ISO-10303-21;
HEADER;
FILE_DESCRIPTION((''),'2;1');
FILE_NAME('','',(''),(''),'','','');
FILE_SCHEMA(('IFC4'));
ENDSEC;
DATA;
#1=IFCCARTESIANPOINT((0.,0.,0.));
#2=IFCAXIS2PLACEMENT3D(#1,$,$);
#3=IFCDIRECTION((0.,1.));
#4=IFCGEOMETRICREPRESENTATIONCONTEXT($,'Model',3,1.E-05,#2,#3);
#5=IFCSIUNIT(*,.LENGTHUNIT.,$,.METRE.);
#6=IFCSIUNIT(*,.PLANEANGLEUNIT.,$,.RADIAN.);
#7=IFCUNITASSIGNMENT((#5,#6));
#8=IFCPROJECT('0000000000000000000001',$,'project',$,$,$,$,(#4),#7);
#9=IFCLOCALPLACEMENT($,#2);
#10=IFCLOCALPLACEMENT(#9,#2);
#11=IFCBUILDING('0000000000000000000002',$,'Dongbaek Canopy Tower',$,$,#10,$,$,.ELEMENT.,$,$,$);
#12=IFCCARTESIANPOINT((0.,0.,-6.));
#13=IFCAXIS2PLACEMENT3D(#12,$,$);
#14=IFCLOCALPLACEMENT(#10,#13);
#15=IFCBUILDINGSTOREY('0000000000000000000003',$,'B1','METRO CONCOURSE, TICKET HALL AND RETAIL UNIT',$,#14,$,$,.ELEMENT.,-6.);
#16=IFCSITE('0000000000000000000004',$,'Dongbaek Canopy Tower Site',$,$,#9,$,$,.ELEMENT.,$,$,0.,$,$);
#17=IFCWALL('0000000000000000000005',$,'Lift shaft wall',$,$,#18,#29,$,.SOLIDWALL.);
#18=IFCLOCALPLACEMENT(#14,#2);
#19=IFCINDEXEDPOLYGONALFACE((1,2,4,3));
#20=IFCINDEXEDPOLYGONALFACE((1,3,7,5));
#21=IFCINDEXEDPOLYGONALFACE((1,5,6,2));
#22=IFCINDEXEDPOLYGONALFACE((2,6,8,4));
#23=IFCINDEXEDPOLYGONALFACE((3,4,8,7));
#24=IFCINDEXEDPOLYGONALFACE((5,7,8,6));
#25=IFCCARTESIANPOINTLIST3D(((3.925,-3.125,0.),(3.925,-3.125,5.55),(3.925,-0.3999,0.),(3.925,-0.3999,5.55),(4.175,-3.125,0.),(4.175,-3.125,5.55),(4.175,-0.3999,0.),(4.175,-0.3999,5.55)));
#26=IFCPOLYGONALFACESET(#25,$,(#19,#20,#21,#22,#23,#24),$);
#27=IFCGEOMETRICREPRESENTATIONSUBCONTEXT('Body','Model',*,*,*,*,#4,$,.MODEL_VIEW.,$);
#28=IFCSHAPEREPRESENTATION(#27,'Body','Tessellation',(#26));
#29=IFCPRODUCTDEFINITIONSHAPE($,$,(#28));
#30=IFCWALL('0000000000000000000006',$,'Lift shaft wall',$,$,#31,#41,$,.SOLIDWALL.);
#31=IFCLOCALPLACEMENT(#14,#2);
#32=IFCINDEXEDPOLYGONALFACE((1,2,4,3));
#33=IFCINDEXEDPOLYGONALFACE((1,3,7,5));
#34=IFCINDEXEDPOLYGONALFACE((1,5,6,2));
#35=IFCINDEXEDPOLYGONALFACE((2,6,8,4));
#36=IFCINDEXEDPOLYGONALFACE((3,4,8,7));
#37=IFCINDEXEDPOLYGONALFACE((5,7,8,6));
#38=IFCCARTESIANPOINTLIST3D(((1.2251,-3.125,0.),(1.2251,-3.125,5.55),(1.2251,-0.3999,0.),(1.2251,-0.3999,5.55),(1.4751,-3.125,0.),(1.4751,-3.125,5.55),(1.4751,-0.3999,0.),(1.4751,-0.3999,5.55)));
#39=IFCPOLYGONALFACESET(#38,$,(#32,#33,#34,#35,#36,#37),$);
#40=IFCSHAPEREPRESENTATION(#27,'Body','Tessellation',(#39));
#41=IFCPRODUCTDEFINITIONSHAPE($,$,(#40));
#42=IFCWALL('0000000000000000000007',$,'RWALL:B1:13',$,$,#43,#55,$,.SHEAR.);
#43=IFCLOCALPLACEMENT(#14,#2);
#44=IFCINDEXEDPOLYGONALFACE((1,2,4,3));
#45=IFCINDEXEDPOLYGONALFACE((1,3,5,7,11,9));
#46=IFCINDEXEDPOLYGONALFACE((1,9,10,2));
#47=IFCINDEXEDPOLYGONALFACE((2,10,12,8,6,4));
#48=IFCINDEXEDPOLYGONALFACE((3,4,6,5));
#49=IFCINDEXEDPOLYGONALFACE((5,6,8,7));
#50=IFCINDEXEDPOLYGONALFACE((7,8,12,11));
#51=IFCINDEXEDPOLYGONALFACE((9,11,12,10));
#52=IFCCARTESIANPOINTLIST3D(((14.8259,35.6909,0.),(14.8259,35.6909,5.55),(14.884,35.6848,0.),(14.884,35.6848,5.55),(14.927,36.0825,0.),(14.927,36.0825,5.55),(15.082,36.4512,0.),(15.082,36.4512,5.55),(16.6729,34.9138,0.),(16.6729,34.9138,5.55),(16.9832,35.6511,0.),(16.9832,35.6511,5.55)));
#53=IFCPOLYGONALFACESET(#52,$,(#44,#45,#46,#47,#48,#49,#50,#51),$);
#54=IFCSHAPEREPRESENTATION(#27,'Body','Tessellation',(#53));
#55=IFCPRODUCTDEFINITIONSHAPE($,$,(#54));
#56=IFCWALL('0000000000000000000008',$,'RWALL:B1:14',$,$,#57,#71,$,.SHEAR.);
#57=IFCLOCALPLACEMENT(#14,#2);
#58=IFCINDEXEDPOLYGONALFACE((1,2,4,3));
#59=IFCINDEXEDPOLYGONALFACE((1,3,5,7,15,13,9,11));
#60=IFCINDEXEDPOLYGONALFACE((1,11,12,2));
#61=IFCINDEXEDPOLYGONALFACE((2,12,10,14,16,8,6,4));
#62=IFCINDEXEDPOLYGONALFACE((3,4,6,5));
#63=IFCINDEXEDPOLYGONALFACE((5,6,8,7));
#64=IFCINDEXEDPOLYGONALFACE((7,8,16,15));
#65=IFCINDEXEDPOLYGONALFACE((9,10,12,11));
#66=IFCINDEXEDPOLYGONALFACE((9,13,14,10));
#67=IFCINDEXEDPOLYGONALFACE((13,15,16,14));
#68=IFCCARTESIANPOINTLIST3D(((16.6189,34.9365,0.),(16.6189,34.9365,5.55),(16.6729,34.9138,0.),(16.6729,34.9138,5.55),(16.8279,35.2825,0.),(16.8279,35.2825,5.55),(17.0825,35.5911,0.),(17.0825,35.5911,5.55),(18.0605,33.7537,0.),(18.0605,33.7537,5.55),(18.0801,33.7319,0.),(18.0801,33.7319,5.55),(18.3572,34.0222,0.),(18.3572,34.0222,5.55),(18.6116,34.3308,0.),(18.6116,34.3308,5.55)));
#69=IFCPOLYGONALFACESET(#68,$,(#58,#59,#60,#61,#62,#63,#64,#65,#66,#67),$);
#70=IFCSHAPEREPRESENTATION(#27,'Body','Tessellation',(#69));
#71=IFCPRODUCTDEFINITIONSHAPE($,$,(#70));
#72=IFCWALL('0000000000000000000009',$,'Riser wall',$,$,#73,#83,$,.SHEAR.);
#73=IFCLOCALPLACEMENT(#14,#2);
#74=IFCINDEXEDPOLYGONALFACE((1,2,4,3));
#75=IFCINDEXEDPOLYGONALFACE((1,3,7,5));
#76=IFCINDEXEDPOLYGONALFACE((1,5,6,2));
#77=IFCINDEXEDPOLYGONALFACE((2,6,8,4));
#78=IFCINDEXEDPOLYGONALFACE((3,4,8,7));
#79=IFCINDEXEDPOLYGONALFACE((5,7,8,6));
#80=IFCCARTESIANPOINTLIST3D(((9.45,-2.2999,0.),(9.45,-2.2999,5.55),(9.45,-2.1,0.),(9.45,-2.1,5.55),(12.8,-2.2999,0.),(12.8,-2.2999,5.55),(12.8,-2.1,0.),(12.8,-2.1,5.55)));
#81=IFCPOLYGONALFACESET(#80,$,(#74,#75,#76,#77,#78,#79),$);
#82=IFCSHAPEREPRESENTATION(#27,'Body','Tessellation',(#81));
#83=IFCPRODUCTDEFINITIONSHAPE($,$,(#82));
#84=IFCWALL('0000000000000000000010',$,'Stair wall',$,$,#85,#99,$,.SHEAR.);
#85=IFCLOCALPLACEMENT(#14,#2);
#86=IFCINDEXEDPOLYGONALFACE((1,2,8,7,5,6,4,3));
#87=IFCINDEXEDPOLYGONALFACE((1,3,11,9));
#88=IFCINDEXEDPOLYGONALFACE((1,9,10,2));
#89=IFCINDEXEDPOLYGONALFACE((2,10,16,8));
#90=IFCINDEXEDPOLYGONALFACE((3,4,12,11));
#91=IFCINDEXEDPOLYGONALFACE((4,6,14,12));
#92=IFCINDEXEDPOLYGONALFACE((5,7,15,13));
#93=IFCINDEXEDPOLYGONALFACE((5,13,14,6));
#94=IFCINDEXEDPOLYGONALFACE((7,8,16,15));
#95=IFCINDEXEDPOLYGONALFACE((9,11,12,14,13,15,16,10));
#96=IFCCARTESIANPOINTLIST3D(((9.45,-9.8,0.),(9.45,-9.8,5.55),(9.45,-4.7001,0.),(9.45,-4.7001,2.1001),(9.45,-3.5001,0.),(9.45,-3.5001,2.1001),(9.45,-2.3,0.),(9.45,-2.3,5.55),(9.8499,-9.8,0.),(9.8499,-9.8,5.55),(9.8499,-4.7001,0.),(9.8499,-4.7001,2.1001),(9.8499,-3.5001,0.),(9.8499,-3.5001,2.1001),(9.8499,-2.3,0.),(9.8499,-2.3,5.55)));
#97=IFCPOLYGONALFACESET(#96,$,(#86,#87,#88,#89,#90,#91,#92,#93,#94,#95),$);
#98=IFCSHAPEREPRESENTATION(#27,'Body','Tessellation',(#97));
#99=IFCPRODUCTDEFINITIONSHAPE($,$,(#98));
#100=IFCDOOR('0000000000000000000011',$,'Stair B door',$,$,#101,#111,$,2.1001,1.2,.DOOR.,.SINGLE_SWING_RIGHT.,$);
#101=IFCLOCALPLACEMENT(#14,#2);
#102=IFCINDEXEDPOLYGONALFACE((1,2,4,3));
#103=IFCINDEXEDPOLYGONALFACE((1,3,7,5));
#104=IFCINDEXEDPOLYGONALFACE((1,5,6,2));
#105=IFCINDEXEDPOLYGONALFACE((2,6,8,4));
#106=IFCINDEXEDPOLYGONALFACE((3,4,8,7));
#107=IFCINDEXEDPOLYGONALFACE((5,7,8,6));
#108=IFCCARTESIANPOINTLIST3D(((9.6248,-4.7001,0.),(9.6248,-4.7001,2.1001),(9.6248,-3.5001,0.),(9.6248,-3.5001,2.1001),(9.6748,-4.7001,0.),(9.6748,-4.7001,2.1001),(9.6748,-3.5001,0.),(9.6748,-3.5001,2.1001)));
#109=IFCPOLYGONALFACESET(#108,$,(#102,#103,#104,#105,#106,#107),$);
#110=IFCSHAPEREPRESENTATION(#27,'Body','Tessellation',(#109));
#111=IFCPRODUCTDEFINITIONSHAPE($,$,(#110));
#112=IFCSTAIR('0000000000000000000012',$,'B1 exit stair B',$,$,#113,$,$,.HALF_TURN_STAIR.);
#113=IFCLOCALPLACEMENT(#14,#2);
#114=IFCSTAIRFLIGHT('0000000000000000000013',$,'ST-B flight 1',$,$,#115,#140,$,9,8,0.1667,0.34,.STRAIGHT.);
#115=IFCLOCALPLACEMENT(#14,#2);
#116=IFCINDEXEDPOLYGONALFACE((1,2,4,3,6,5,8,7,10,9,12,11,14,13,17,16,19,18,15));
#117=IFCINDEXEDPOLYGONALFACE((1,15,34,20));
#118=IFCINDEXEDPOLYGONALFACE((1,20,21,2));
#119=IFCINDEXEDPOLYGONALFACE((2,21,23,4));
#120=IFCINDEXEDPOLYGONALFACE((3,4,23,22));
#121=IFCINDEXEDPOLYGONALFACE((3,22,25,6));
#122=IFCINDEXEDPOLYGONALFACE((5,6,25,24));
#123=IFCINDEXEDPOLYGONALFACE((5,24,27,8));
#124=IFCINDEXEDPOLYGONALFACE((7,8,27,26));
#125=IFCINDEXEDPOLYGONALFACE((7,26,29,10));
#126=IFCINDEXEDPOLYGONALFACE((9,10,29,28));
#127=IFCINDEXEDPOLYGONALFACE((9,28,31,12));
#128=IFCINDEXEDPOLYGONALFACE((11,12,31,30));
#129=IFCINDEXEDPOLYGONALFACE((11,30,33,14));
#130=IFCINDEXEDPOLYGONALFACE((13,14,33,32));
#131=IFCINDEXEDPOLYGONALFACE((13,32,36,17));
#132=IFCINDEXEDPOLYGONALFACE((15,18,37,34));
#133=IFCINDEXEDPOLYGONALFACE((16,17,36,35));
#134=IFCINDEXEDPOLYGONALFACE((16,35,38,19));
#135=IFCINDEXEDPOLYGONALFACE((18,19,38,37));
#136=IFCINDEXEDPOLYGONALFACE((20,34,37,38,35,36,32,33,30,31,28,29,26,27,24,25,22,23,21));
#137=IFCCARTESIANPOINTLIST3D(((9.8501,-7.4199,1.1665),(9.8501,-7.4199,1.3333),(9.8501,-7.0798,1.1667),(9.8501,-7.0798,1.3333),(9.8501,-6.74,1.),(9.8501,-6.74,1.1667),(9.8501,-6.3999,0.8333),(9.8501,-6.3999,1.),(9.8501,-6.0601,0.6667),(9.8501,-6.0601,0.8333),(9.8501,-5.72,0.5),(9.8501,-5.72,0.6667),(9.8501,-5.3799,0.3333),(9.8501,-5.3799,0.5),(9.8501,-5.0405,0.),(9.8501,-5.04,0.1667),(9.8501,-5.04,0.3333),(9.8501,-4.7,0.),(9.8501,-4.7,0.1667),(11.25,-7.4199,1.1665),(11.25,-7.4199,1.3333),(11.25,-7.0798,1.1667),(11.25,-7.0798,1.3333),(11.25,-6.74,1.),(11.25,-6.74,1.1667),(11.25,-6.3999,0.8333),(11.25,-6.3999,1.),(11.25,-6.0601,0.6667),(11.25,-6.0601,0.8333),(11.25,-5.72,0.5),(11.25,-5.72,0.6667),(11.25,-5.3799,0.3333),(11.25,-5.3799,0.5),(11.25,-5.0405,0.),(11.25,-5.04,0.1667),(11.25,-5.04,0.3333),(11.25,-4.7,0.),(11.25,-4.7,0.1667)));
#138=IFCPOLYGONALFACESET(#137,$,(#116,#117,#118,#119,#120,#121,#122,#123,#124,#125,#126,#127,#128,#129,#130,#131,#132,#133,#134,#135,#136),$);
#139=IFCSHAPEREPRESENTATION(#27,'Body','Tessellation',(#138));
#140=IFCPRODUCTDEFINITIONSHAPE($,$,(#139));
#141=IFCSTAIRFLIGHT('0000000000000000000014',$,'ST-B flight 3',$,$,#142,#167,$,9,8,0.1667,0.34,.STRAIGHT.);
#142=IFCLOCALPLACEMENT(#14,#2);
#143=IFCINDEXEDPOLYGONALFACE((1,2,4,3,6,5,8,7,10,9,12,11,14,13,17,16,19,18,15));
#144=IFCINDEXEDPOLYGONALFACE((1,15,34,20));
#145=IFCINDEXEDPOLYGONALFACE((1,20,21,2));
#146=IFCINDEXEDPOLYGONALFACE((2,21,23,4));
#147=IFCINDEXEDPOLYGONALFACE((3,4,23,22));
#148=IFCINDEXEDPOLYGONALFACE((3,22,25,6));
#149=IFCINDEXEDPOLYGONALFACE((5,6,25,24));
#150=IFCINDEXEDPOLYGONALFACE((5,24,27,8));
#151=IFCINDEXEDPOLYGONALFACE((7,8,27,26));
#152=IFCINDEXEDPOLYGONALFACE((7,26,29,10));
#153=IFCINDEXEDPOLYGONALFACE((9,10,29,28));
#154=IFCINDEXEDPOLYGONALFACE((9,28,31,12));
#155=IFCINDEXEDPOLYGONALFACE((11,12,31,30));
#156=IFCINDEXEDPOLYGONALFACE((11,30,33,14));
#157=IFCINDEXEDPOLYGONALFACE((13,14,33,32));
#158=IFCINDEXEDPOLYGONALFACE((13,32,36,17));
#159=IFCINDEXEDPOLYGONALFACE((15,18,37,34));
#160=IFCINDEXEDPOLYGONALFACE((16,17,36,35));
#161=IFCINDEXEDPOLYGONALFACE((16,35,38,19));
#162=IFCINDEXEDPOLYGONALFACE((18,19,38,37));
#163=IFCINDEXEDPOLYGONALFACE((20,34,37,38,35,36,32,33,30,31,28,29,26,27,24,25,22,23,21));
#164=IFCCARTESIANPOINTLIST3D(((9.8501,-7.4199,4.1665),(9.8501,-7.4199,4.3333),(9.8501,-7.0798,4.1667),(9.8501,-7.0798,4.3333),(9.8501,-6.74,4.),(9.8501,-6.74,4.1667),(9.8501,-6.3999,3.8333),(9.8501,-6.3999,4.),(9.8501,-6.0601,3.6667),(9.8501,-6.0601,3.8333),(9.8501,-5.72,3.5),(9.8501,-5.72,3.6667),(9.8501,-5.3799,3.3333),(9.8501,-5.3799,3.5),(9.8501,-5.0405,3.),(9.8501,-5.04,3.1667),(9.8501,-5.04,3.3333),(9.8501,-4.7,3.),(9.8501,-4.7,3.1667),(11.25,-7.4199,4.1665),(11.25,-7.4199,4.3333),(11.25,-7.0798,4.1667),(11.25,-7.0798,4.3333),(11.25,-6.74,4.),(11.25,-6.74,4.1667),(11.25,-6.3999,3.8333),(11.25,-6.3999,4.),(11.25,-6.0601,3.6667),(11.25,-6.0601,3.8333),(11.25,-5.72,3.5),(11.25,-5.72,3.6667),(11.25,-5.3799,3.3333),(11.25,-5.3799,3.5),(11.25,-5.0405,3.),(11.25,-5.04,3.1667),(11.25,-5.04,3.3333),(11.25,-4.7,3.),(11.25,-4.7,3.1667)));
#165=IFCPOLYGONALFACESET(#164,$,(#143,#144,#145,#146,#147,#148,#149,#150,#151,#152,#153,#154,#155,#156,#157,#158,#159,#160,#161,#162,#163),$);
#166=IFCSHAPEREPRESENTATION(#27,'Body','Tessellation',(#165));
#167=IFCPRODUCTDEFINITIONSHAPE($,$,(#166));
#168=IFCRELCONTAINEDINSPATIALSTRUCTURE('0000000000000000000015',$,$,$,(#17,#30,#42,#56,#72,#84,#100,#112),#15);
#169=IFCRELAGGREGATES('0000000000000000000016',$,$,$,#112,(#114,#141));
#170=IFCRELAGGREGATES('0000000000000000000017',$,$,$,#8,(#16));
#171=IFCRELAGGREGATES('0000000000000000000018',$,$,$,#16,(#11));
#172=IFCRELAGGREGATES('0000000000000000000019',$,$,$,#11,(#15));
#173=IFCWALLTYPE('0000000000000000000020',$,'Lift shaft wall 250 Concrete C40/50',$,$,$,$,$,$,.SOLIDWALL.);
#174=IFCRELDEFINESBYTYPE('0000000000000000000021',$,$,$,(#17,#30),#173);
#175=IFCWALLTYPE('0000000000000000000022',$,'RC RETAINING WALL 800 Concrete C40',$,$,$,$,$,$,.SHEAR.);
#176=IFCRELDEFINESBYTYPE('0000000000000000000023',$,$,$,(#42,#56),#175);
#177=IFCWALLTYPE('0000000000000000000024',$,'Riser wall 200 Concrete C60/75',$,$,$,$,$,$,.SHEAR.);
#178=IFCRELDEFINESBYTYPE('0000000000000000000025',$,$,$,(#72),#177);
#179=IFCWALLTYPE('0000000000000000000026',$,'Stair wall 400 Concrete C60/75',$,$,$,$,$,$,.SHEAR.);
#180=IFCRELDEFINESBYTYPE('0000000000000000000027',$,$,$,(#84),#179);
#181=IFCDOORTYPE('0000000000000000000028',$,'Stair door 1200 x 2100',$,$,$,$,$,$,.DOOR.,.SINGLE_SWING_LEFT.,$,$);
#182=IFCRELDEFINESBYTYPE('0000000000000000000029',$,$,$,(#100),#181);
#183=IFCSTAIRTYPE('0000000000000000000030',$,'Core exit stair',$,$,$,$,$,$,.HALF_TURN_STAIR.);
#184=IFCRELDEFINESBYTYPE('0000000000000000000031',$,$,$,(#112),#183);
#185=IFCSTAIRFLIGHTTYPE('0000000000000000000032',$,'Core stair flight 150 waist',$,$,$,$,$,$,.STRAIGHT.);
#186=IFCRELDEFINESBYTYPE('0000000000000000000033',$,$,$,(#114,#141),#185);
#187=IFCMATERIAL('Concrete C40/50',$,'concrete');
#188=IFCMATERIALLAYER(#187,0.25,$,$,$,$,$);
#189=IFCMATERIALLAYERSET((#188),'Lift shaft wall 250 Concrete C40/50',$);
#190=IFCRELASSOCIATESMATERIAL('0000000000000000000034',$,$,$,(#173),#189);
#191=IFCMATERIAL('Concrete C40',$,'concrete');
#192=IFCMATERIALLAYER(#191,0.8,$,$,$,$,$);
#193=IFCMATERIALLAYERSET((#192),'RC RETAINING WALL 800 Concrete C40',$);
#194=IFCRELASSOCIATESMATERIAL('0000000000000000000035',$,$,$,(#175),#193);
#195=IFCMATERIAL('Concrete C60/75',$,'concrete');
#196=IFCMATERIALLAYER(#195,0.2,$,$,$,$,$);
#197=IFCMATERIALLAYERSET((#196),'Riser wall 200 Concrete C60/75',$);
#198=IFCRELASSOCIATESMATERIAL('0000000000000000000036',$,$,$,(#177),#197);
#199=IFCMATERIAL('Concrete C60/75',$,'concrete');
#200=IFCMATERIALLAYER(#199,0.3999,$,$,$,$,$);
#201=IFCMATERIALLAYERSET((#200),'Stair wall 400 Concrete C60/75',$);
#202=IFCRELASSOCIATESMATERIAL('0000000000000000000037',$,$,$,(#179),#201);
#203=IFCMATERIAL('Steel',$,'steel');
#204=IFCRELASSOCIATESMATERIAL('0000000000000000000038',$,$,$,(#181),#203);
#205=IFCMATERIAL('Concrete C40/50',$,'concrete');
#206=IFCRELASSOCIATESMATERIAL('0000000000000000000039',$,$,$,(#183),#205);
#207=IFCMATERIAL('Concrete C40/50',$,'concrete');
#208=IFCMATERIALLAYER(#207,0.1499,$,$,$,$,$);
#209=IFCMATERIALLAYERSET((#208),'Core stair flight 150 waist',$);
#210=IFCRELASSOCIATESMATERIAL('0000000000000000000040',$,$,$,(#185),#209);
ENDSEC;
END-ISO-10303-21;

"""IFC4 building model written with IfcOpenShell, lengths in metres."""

from ifc_helpers import new_model, si_unit, direction, frame, frame_2d, origin, place, context, subcontext, project, spatial, polyline, rectangle, outline, extrude, material, layer, layer_set, type_object, element, fill, aggregate, save


model = new_model("IFC4")

# Units and contexts
model_context = context("Model", 3, precision=1e-05, world=origin(), true_north=direction((0.0, 1.0)))
body_context = subcontext(model_context, "Body", "Model", "MODEL_VIEW")
ifc_project = project(units=[si_unit("LENGTHUNIT", "METRE"), si_unit("PLANEANGLEUNIT", "RADIAN")], contexts=[model_context])

# Site, building, storey
site_placement = place(None, origin())
site = spatial("IfcSite", under=ifc_project, at=site_placement, Name="Dongbaek Canopy Tower Site", CompositionType="ELEMENT", RefElevation=0.0)
building_placement = place(site_placement, origin())
building = spatial("IfcBuilding", under=site, at=building_placement, Name="Dongbaek Canopy Tower", CompositionType="ELEMENT")
storey_placement = place(building_placement, frame((0.0, 0.0, -6.0)))
storey = spatial("IfcBuildingStorey", under=building, at=storey_placement, Name="B1", Description="METRO CONCOURSE, TICKET HALL AND RETAIL UNIT", CompositionType="ELEMENT", Elevation=-6.0)

# Walls
ifc_material_1 = material(Name="Concrete C40/50", Category="concrete")
ifc_layer_1 = layer(ifc_material_1, 0.25)
ifc_layer_set_1 = layer_set([ifc_layer_1], Name="Lift shaft wall 250 Concrete C40/50")
wall_type_1 = type_object("IfcWallType", Name="Lift shaft wall 250 Concrete C40/50", PredefinedType="SOLIDWALL", material=ifc_layer_set_1)
for number, where, z_axis, x_axis, name in (
    (1, (4.05, -3.125, 0.0), (0.0, 0.0, 1.0), (0.0, 1.0, 0.0), "Lift shaft wall"),
    (2, (1.3501, -3.125, 0.0), (0.0, 0.0, 1.0), (0.0, 1.0, 0.0), "Lift shaft wall"),
):
    element("IfcWall", number, at=place(storey_placement, frame(where, z_axis=z_axis, x_axis=x_axis)), inside=storey, type_object=wall_type_1, Name=name, PredefinedType="SOLIDWALL", context=body_context, shape_type="SweptSolid", body=[
        extrude(rectangle(XDim=2.7251, YDim=0.25, at=frame_2d((1.3625, 0.0))), origin(), (0.0, 0.0, 1.0), 5.55),
    ])
ifc_material_2 = material(Name="Concrete C40", Category="concrete")
ifc_layer_2 = layer(ifc_material_2, 0.8)
ifc_layer_set_2 = layer_set([ifc_layer_2], Name="RC RETAINING WALL 800 Concrete C40")
wall_type_2 = type_object("IfcWallType", Name="RC RETAINING WALL 800 Concrete C40", PredefinedType="SHEAR", material=ifc_layer_set_2)
wall_1_placement = place(storey_placement, origin())
element("IfcWall", 3, at=wall_1_placement, inside=storey, type_object=wall_type_2, Name="RWALL:B1:13", PredefinedType="SHEAR", context=body_context, shape_type="SweptSolid", body=[
    extrude(outline(polyline([(16.9832, 35.6511), (15.082, 36.4512), (14.927, 36.0825), (14.884, 35.6848), (14.8259, 35.6909), (16.6729, 34.9138), (16.9832, 35.6511)])), origin(), (0.0, 0.0, 1.0), 5.55),
])
wall_2_placement = place(storey_placement, origin())
element("IfcWall", 4, at=wall_2_placement, inside=storey, type_object=wall_type_2, Name="RWALL:B1:14", PredefinedType="SHEAR", context=body_context, shape_type="SweptSolid", body=[
    extrude(outline(polyline([(18.6116, 34.3308), (17.0825, 35.5911), (16.8279, 35.2825), (16.6729, 34.9138), (16.6189, 34.9365), (18.0801, 33.7319), (18.0605, 33.7537), (18.3572, 34.0222), (18.6116, 34.3308)])), origin(), (0.0, 0.0, 1.0), 5.55),
])
ifc_material_3 = material(Name="Concrete C60/75", Category="concrete")
ifc_layer_3 = layer(ifc_material_3, 0.2)
ifc_layer_set_3 = layer_set([ifc_layer_3], Name="Riser wall 200 Concrete C60/75")
wall_type_3 = type_object("IfcWallType", Name="Riser wall 200 Concrete C60/75", PredefinedType="SHEAR", material=ifc_layer_set_3)
wall_3_placement = place(storey_placement, frame((9.45, -2.2, 0.0), z_axis=(0.0, 0.0, 1.0), x_axis=(1.0, 0.0, 0.0)))
element("IfcWall", 5, at=wall_3_placement, inside=storey, type_object=wall_type_3, Name="Riser wall", PredefinedType="SHEAR", context=body_context, shape_type="SweptSolid", body=[
    extrude(rectangle(XDim=3.3501, YDim=0.2, at=frame_2d((1.675, 0.0))), origin(), (0.0, 0.0, 1.0), 5.55),
])

# Wall, opening, door
ifc_material_4 = material(Name="Concrete C60/75", Category="concrete")
ifc_layer_4 = layer(ifc_material_4, 0.3999)
ifc_layer_set_4 = layer_set([ifc_layer_4], Name="Stair wall 400 Concrete C60/75")
wall_type_4 = type_object("IfcWallType", Name="Stair wall 400 Concrete C60/75", PredefinedType="SHEAR", material=ifc_layer_set_4)
wall_4_placement = place(storey_placement, frame((9.6499, -2.3, 0.0), z_axis=(0.0, 0.0, 1.0), x_axis=(0.0, -1.0, 0.0)))
wall_4 = element("IfcWall", 6, at=wall_4_placement, inside=storey, type_object=wall_type_4, Name="Stair wall", PredefinedType="SHEAR", context=body_context, shape_type="SweptSolid", body=[
    extrude(rectangle(XDim=7.5, YDim=0.3999, at=frame_2d((3.75, 0.0))), origin(), (0.0, 0.0, 1.0), 5.55),
])
opening_placement = place(wall_4_placement, frame((1.2, 0.0, 0.0)))
opening = element("IfcOpeningElement", 7, at=opening_placement, cuts=wall_4, PredefinedType="OPENING", context=body_context, shape_type="SweptSolid", body=[
    extrude(rectangle(XDim=1.2, YDim=2.1001, at=frame_2d((0.6001, 1.05))), frame((0.0, 0.21, 0.0), z_axis=(0.0, -1.0, 0.0), x_axis=(1.0, 0.0, 0.0)), (0.0, 0.0, 1.0), 0.4199),
])
ifc_material_5 = material(Name="Steel", Category="steel")
door_type = type_object("IfcDoorType", Name="Stair door 1200 x 2100", OperationType="SINGLE_SWING_LEFT", PredefinedType="DOOR", material=ifc_material_5)
door_placement = place(opening_placement, origin())
door = element("IfcDoor", 8, at=door_placement, inside=storey, type_object=door_type, Name="Stair B door", OperationType="SINGLE_SWING_RIGHT", OverallHeight=2.1001, OverallWidth=1.2, PredefinedType="DOOR", context=body_context, shape_type="SweptSolid", body=[
    extrude(rectangle(XDim=1.2, YDim=2.1001, at=frame_2d((0.6001, 1.05))), frame((0.0, 0.0249, 0.0), z_axis=(0.0, -1.0, 0.0), x_axis=(1.0, 0.0, 0.0)), (0.0, 0.0, 1.0), 0.05),
])
fill(opening, door)

# Stair, stair flights
ifc_material_6 = material(Name="Concrete C40/50", Category="concrete")
stair_type = type_object("IfcStairType", Name="Core exit stair", PredefinedType="HALF_TURN_STAIR", material=ifc_material_6)
stair_placement = place(storey_placement, origin())
stair = element("IfcStair", 9, at=stair_placement, inside=storey, type_object=stair_type, Name="B1 exit stair B", PredefinedType="HALF_TURN_STAIR")
ifc_material_7 = material(Name="Concrete C40/50", Category="concrete")
ifc_layer_5 = layer(ifc_material_7, 0.1499)
ifc_layer_set_5 = layer_set([ifc_layer_5], Name="Core stair flight 150 waist")
stair_flight_type = type_object("IfcStairFlightType", Name="Core stair flight 150 waist", PredefinedType="STRAIGHT", material=ifc_layer_set_5)
stair_flight_1_placement = place(storey_placement, frame((10.55, -4.7, 0.0), z_axis=(0.0, 0.0, 1.0), x_axis=(0.0, -1.0, 0.0)))
stair_flight_1 = element("IfcStairFlight", 10, at=stair_flight_1_placement, type_object=stair_flight_type, Name="ST-B flight 1", NumberOfRisers=9, NumberOfTreads=8, PredefinedType="STRAIGHT", RiserHeight=0.1667, TreadLength=0.34, context=body_context, shape_type="SweptSolid", body=[
    extrude(outline(polyline([(0.0, 0.0), (0.0, 0.1667), (0.3401, 0.1667), (0.3401, 0.3333), (0.6799, 0.3333), (0.6799, 0.5), (1.02, 0.5), (1.02, 0.6667), (1.3601, 0.6667), (1.3601, 0.8333), (1.7, 0.8333), (1.7, 1.0), (2.04, 1.0), (2.04, 1.1667), (2.3799, 1.1667), (2.3799, 1.3333), (2.72, 1.3333), (2.72, 1.5), (2.72, 1.1665), (0.3406, 0.0), (0.0, 0.0)])), frame((0.0, 0.7, 0.0), z_axis=(0.0, -1.0, 0.0), x_axis=(1.0, 0.0, 0.0)), (0.0, 0.0, 1.0), 1.3999),
])
stair_flight_2_placement = place(storey_placement, frame((10.55, -4.7, 3.0), z_axis=(0.0, 0.0, 1.0), x_axis=(0.0, -1.0, 0.0)))
stair_flight_2 = element("IfcStairFlight", 11, at=stair_flight_2_placement, type_object=stair_flight_type, Name="ST-B flight 3", NumberOfRisers=9, NumberOfTreads=8, PredefinedType="STRAIGHT", RiserHeight=0.1667, TreadLength=0.34, context=body_context, shape_type="SweptSolid", body=[
    extrude(outline(polyline([(0.0, 0.0), (0.0, 0.1667), (0.3401, 0.1667), (0.3401, 0.3333), (0.6799, 0.3333), (0.6799, 0.5), (1.02, 0.5), (1.02, 0.6667), (1.3601, 0.6667), (1.3601, 0.8333), (1.7, 0.8333), (1.7, 1.0), (2.04, 1.0), (2.04, 1.1667), (2.3799, 1.1667), (2.3799, 1.3333), (2.72, 1.3333), (2.72, 1.5), (2.72, 1.1665), (0.3406, 0.0), (0.0, 0.0)])), frame((0.0, 0.7, 0.0), z_axis=(0.0, -1.0, 0.0), x_axis=(1.0, 0.0, 0.0)), (0.0, 0.0, 1.0), 1.3999),
])
aggregate(stair, [stair_flight_1, stair_flight_2])

save(model, "model.ifc")
